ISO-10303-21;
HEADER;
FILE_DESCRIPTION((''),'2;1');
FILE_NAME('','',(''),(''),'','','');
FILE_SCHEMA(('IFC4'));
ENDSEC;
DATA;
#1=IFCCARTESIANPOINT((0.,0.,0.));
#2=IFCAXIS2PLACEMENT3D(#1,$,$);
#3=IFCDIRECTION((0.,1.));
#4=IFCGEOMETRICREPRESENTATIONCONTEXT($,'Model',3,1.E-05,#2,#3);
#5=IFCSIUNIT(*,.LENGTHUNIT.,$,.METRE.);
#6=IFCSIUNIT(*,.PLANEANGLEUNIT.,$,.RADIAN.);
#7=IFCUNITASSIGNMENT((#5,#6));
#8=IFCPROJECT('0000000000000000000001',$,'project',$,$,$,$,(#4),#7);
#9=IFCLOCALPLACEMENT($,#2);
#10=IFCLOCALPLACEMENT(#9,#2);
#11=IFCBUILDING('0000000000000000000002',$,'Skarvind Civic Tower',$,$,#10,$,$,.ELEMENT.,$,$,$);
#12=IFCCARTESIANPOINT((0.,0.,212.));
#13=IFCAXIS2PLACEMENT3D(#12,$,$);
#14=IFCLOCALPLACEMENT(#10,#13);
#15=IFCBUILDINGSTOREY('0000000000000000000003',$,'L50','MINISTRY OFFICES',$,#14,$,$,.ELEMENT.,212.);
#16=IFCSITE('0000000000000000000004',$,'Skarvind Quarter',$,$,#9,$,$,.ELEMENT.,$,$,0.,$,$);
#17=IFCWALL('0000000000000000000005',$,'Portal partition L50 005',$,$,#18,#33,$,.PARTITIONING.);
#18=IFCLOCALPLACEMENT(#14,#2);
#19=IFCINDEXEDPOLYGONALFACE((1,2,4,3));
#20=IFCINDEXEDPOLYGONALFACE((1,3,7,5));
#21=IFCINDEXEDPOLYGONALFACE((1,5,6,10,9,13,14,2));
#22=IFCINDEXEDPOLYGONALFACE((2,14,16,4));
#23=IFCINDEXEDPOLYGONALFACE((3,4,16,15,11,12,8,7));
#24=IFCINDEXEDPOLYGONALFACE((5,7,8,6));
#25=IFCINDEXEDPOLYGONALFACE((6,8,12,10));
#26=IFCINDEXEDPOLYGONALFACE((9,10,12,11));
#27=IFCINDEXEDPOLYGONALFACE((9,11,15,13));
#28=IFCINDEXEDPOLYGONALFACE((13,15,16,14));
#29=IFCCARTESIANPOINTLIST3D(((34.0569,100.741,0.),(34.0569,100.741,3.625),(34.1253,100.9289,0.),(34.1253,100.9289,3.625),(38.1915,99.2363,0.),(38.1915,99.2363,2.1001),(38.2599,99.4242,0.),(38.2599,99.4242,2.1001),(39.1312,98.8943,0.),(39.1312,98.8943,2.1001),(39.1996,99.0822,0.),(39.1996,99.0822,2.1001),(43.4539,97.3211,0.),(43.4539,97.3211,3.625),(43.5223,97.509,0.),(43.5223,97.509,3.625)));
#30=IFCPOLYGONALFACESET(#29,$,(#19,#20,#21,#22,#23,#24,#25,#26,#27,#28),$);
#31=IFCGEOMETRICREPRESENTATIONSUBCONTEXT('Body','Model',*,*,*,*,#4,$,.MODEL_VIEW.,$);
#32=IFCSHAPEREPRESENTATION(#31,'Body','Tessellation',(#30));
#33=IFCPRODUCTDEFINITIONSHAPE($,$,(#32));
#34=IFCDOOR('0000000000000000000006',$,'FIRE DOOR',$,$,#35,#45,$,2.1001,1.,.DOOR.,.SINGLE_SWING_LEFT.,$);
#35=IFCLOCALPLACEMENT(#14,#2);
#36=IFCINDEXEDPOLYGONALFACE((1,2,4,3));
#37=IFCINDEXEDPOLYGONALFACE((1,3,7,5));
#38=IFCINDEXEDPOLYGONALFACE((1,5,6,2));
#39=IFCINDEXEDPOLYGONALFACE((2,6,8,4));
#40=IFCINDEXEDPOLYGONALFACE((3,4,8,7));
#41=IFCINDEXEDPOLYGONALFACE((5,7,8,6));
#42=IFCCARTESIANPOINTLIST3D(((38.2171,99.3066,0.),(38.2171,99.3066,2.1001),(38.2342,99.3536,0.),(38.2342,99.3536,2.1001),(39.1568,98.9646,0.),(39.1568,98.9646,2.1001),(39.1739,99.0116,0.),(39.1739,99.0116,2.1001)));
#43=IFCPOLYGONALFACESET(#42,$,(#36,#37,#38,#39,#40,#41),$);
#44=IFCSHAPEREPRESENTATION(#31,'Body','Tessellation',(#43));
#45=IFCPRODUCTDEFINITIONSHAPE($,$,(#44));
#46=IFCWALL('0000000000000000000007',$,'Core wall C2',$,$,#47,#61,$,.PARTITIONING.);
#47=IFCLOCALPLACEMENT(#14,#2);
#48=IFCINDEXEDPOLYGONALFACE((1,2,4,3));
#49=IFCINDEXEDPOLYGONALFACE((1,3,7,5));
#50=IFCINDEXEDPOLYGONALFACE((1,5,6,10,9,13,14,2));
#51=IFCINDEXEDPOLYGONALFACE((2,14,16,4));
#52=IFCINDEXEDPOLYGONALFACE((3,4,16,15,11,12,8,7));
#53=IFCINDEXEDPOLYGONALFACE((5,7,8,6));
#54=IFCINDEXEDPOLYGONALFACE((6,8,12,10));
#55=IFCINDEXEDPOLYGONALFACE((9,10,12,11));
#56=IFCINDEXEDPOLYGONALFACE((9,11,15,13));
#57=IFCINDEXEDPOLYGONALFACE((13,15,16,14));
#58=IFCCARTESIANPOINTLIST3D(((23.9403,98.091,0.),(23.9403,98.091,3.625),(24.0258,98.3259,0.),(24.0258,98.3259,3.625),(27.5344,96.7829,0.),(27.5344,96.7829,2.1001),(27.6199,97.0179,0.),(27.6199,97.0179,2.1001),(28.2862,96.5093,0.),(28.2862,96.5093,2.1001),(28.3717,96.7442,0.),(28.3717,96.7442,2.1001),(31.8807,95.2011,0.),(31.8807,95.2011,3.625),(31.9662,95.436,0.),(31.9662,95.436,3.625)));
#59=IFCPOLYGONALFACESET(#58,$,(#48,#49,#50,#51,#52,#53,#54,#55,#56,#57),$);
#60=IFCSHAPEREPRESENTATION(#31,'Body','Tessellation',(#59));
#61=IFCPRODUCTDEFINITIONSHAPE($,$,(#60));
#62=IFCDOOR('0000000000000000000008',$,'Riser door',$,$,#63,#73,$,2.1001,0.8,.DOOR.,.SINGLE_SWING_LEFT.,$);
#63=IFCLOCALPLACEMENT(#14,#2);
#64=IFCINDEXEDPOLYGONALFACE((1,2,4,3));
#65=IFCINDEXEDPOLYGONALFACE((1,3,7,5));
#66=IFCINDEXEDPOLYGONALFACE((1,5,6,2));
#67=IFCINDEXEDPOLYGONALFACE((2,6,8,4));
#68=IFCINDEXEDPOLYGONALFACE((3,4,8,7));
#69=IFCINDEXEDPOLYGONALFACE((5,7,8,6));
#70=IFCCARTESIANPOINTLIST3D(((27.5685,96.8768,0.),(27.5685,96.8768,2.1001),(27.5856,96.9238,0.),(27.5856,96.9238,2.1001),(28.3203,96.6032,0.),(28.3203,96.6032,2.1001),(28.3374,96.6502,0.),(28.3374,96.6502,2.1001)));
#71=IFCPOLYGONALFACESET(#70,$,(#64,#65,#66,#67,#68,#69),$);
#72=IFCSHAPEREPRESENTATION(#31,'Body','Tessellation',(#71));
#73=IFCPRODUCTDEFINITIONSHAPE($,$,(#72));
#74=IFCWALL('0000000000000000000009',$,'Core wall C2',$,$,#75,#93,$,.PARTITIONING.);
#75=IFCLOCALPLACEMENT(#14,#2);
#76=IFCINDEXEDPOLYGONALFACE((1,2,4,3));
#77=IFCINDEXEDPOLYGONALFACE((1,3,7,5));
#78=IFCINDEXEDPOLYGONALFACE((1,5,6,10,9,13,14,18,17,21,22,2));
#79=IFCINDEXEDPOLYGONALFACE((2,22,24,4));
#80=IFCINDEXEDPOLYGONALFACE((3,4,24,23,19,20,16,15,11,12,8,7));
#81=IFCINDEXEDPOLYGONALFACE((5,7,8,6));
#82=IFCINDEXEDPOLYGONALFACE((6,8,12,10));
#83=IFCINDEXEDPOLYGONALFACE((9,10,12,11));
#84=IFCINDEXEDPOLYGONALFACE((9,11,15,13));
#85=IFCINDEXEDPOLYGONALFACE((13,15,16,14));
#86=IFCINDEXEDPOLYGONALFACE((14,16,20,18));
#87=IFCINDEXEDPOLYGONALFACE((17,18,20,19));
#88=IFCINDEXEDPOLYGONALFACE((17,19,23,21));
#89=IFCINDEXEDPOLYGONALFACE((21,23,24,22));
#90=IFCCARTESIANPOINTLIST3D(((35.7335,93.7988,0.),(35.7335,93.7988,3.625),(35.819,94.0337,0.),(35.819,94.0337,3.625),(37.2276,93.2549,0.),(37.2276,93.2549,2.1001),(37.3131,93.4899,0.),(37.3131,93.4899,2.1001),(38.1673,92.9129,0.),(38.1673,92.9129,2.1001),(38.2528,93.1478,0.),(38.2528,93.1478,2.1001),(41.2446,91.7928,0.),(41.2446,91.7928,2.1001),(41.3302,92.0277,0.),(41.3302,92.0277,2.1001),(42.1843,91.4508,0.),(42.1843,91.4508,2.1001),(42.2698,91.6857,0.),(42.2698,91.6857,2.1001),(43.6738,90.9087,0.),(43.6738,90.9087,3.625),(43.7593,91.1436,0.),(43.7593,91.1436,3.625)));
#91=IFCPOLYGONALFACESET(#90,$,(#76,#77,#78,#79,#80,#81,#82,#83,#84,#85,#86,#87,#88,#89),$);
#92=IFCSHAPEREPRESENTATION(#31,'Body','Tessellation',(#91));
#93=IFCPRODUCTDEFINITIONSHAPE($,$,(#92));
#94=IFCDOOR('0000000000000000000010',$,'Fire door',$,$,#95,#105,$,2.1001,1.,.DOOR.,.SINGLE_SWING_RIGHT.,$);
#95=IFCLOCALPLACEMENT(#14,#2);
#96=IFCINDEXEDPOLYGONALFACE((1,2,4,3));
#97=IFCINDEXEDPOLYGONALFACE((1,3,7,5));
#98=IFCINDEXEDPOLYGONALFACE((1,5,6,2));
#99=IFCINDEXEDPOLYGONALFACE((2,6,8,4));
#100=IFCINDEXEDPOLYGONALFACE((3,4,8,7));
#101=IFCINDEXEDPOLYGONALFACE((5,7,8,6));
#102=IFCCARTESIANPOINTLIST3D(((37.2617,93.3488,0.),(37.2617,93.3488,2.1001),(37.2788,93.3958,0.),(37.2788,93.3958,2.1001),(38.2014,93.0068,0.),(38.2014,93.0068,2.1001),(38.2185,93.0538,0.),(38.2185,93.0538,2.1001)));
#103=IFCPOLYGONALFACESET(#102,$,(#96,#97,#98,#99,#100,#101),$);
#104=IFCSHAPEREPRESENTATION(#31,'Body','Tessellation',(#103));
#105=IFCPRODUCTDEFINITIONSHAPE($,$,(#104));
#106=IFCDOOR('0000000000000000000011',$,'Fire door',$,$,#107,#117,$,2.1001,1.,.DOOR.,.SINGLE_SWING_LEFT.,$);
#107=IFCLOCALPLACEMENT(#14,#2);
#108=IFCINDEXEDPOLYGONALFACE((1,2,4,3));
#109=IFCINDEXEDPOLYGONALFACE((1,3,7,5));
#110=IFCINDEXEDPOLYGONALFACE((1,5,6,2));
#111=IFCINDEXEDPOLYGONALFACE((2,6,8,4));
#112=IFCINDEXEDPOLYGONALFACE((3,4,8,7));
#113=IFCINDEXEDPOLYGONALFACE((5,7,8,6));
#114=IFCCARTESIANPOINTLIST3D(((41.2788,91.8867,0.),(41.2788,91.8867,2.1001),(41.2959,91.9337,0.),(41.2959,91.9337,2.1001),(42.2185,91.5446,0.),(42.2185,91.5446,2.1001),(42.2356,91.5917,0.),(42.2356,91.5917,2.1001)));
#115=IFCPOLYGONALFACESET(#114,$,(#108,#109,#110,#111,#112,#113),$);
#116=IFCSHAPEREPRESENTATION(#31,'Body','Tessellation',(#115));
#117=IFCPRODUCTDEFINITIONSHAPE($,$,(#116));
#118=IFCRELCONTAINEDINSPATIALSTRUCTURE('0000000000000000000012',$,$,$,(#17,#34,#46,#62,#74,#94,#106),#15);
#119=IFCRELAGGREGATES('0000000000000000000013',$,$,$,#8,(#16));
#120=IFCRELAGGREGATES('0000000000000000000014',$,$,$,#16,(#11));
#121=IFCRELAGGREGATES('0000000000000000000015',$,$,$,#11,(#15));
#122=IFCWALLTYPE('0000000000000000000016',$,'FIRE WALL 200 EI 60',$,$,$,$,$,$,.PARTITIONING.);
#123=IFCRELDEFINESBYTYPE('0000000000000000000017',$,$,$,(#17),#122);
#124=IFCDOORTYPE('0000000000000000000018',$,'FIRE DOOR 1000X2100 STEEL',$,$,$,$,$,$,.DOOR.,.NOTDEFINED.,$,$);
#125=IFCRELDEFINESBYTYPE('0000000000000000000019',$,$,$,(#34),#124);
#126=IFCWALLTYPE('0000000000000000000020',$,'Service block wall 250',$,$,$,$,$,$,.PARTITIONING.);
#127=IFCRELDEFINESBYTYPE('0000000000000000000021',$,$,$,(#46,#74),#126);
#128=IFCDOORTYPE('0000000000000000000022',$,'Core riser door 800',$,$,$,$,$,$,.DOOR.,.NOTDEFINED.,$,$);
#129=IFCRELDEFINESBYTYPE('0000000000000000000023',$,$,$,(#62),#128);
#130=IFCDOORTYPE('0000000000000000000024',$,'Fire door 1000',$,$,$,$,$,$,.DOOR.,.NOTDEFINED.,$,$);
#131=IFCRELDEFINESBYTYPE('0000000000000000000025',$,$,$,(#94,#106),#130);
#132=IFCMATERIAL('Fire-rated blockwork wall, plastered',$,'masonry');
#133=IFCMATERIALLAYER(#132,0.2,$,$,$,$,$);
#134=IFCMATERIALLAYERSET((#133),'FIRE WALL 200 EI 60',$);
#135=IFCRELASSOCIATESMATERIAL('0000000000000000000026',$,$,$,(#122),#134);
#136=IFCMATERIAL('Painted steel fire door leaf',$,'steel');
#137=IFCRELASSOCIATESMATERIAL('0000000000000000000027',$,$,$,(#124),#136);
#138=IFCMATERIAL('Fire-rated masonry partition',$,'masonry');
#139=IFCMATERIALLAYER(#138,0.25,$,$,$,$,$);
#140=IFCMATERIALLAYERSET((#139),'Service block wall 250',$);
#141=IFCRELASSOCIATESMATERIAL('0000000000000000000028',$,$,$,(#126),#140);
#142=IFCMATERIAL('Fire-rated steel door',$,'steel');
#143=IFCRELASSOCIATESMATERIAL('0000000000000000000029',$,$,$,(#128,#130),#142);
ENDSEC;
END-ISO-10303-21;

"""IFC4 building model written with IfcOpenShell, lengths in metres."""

from ifc_helpers import new_model, si_unit, direction, frame, frame_2d, origin, place, context, subcontext, project, spatial, rectangle, extrude, material, layer, layer_set, type_object, element, fill, save


model = new_model("IFC4")

# Units and contexts
model_context = context("Model", 3, precision=1e-05, world=origin(), true_north=direction((0.0, 1.0)))
body_context = subcontext(model_context, "Body", "Model", "MODEL_VIEW")
ifc_project = project(units=[si_unit("LENGTHUNIT", "METRE"), si_unit("PLANEANGLEUNIT", "RADIAN")], contexts=[model_context])

# Site, building, storey
site_placement = place(None, origin())
site = spatial("IfcSite", under=ifc_project, at=site_placement, Name="Skarvind Quarter", CompositionType="ELEMENT", RefElevation=0.0)
building_placement = place(site_placement, origin())
building = spatial("IfcBuilding", under=site, at=building_placement, Name="Skarvind Civic Tower", CompositionType="ELEMENT")
storey_placement = place(building_placement, frame((0.0, 0.0, 212.0)))
storey = spatial("IfcBuildingStorey", under=building, at=storey_placement, Name="L50", Description="MINISTRY OFFICES", CompositionType="ELEMENT", Elevation=212.0)

# Shared definitions
ifc_material_1 = material(Name="Fire-rated masonry partition", Category="masonry")
ifc_material_2 = material(Name="Fire-rated steel door", Category="steel")

# Shared definitions
ifc_material_3 = material(Name="Fire-rated blockwork wall, plastered", Category="masonry")
ifc_layer_1 = layer(ifc_material_3, 0.2)
ifc_layer_set_1 = layer_set([ifc_layer_1], Name="FIRE WALL 200 EI 60")
wall_type_1 = type_object("IfcWallType", Name="FIRE WALL 200 EI 60", PredefinedType="PARTITIONING", material=ifc_layer_set_1)

# Walls, openings, doors
wall_1_placement = place(storey_placement, frame((34.0911, 100.835, 0.0), z_axis=(0.0, 0.0, 1.0), x_axis=(0.939702, -0.341994, 0.0)))
wall_1 = element("IfcWall", 1, at=wall_1_placement, inside=storey, type_object=wall_type_1, Name="Portal partition L50 005", PredefinedType="PARTITIONING", context=body_context, shape_type="SweptSolid", body=[
    extrude(rectangle(XDim=10.0, YDim=0.2, at=frame_2d((5.0, 0.0))), origin(), (0.0, 0.0, 1.0), 3.625),
])
opening_1_placement = place(wall_1_placement, frame((4.3999, 0.0, 0.0)))
opening_1 = element("IfcOpeningElement", 2, at=opening_1_placement, cuts=wall_1, PredefinedType="OPENING", context=body_context, shape_type="SweptSolid", body=[
    extrude(rectangle(XDim=1.0, YDim=2.1001, at=frame_2d((0.5, 1.05))), frame((0.0, 0.1099, 0.0), z_axis=(0.0, -1.0, 0.0), x_axis=(1.0, 0.0, 0.0)), (0.0, 0.0, 1.0), 0.22),
])
ifc_material_4 = material(Name="Painted steel fire door leaf", Category="steel")
door_type_1 = type_object("IfcDoorType", Name="FIRE DOOR 1000X2100 STEEL", OperationType="NOTDEFINED", PredefinedType="DOOR", material=ifc_material_4)
door_1_placement = place(opening_1_placement, origin())
door_1 = element("IfcDoor", 3, at=door_1_placement, inside=storey, type_object=door_type_1, Name="FIRE DOOR", OperationType="SINGLE_SWING_LEFT", OverallHeight=2.1001, OverallWidth=1.0, PredefinedType="DOOR", context=body_context, shape_type="SweptSolid", body=[
    extrude(rectangle(XDim=1.0, YDim=2.1001, at=frame_2d((0.5, 1.05))), frame((0.0, 0.0249, 0.0), z_axis=(0.0, -1.0, 0.0), x_axis=(1.0, 0.0, 0.0)), (0.0, 0.0, 1.0), 0.05),
])
fill(opening_1, door_1)
ifc_layer_2 = layer(ifc_material_1, 0.25)
ifc_layer_set_2 = layer_set([ifc_layer_2], Name="Service block wall 250")
wall_type_2 = type_object("IfcWallType", Name="Service block wall 250", PredefinedType="PARTITIONING", material=ifc_layer_set_2)
wall_2_placement = place(storey_placement, frame((23.9829, 98.2085, 0.0), z_axis=(0.0, 0.0, 1.0), x_axis=(0.9397, -0.342001, 0.0)))
wall_2 = element("IfcWall", 4, at=wall_2_placement, inside=storey, type_object=wall_type_2, Name="Core wall C2", PredefinedType="PARTITIONING", context=body_context, shape_type="SweptSolid", body=[
    extrude(rectangle(XDim=8.45, YDim=0.25, at=frame_2d((4.2251, 0.0))), origin(), (0.0, 0.0, 1.0), 3.625),
])
opening_2_placement = place(wall_2_placement, frame((3.825, 0.0, 0.0)))
opening_2 = element("IfcOpeningElement", 5, at=opening_2_placement, cuts=wall_2, PredefinedType="OPENING", context=body_context, shape_type="SweptSolid", body=[
    extrude(rectangle(XDim=0.8, YDim=2.1001, at=frame_2d((0.3999, 1.05))), frame((0.0, 0.135, 0.0), z_axis=(0.0, -1.0, 0.0), x_axis=(1.0, 0.0, 0.0)), (0.0, 0.0, 1.0), 0.27),
])
door_type_2 = type_object("IfcDoorType", Name="Core riser door 800", OperationType="NOTDEFINED", PredefinedType="DOOR", material=ifc_material_2)
door_2_placement = place(opening_2_placement, origin())
door_2 = element("IfcDoor", 6, at=door_2_placement, inside=storey, type_object=door_type_2, Name="Riser door", OperationType="SINGLE_SWING_LEFT", OverallHeight=2.1001, OverallWidth=0.8, PredefinedType="DOOR", context=body_context, shape_type="SweptSolid", body=[
    extrude(rectangle(XDim=0.8, YDim=2.1001, at=frame_2d((0.3999, 1.05))), frame((0.0, 0.0249, 0.0), z_axis=(0.0, -1.0, 0.0), x_axis=(1.0, 0.0, 0.0)), (0.0, 0.0, 1.0), 0.05),
])
fill(opening_2, door_2)

# Wall, openings, doors
wall_3_placement = place(storey_placement, frame((35.7761, 93.9163, 0.0), z_axis=(0.0, 0.0, 1.0), x_axis=(0.93969, -0.342026, 0.0)))
wall_3 = element("IfcWall", 7, at=wall_3_placement, inside=storey, type_object=wall_type_2, Name="Core wall C2", PredefinedType="PARTITIONING", context=body_context, shape_type="SweptSolid", body=[
    extrude(rectangle(XDim=8.45, YDim=0.25, at=frame_2d((4.2251, 0.0))), origin(), (0.0, 0.0, 1.0), 3.625),
])
opening_3_placement = place(wall_3_placement, frame((1.5901, 0.0, 0.0)))
opening_3 = element("IfcOpeningElement", 8, at=opening_3_placement, cuts=wall_3, PredefinedType="OPENING", context=body_context, shape_type="SweptSolid", body=[
    extrude(rectangle(XDim=1.0, YDim=2.1001, at=frame_2d((0.5, 1.05))), frame((0.0, 0.135, 0.0), z_axis=(0.0, -1.0, 0.0), x_axis=(1.0, 0.0, 0.0)), (0.0, 0.0, 1.0), 0.27),
])
opening_4_placement = place(wall_3_placement, frame((5.865, 0.0, 0.0)))
opening_4 = element("IfcOpeningElement", 9, at=opening_4_placement, cuts=wall_3, PredefinedType="OPENING", context=body_context, shape_type="SweptSolid", body=[
    extrude(rectangle(XDim=1.0, YDim=2.1001, at=frame_2d((0.5, 1.05))), frame((0.0, 0.135, 0.0), z_axis=(0.0, -1.0, 0.0), x_axis=(1.0, 0.0, 0.0)), (0.0, 0.0, 1.0), 0.27),
])
door_type_3 = type_object("IfcDoorType", Name="Fire door 1000", OperationType="NOTDEFINED", PredefinedType="DOOR", material=ifc_material_2)
door_3_placement = place(opening_3_placement, origin())
door_3 = element("IfcDoor", 10, at=door_3_placement, inside=storey, type_object=door_type_3, Name="Fire door", OperationType="SINGLE_SWING_RIGHT", OverallHeight=2.1001, OverallWidth=1.0, PredefinedType="DOOR", context=body_context, shape_type="SweptSolid", body=[
    extrude(rectangle(XDim=1.0, YDim=2.1001, at=frame_2d((0.5, 1.05))), frame((0.0, 0.0249, 0.0), z_axis=(0.0, -1.0, 0.0), x_axis=(1.0, 0.0, 0.0)), (0.0, 0.0, 1.0), 0.05),
])
fill(opening_3, door_3)
door_4_placement = place(opening_4_placement, origin())
door_4 = element("IfcDoor", 11, at=door_4_placement, inside=storey, type_object=door_type_3, Name="Fire door", OperationType="SINGLE_SWING_LEFT", OverallHeight=2.1001, OverallWidth=1.0, PredefinedType="DOOR", context=body_context, shape_type="SweptSolid", body=[
    extrude(rectangle(XDim=1.0, YDim=2.1001, at=frame_2d((0.5, 1.05))), frame((0.0, 0.0249, 0.0), z_axis=(0.0, -1.0, 0.0), x_axis=(1.0, 0.0, 0.0)), (0.0, 0.0, 1.0), 0.05),
])
fill(opening_4, door_4)

save(model, "model.ifc")
